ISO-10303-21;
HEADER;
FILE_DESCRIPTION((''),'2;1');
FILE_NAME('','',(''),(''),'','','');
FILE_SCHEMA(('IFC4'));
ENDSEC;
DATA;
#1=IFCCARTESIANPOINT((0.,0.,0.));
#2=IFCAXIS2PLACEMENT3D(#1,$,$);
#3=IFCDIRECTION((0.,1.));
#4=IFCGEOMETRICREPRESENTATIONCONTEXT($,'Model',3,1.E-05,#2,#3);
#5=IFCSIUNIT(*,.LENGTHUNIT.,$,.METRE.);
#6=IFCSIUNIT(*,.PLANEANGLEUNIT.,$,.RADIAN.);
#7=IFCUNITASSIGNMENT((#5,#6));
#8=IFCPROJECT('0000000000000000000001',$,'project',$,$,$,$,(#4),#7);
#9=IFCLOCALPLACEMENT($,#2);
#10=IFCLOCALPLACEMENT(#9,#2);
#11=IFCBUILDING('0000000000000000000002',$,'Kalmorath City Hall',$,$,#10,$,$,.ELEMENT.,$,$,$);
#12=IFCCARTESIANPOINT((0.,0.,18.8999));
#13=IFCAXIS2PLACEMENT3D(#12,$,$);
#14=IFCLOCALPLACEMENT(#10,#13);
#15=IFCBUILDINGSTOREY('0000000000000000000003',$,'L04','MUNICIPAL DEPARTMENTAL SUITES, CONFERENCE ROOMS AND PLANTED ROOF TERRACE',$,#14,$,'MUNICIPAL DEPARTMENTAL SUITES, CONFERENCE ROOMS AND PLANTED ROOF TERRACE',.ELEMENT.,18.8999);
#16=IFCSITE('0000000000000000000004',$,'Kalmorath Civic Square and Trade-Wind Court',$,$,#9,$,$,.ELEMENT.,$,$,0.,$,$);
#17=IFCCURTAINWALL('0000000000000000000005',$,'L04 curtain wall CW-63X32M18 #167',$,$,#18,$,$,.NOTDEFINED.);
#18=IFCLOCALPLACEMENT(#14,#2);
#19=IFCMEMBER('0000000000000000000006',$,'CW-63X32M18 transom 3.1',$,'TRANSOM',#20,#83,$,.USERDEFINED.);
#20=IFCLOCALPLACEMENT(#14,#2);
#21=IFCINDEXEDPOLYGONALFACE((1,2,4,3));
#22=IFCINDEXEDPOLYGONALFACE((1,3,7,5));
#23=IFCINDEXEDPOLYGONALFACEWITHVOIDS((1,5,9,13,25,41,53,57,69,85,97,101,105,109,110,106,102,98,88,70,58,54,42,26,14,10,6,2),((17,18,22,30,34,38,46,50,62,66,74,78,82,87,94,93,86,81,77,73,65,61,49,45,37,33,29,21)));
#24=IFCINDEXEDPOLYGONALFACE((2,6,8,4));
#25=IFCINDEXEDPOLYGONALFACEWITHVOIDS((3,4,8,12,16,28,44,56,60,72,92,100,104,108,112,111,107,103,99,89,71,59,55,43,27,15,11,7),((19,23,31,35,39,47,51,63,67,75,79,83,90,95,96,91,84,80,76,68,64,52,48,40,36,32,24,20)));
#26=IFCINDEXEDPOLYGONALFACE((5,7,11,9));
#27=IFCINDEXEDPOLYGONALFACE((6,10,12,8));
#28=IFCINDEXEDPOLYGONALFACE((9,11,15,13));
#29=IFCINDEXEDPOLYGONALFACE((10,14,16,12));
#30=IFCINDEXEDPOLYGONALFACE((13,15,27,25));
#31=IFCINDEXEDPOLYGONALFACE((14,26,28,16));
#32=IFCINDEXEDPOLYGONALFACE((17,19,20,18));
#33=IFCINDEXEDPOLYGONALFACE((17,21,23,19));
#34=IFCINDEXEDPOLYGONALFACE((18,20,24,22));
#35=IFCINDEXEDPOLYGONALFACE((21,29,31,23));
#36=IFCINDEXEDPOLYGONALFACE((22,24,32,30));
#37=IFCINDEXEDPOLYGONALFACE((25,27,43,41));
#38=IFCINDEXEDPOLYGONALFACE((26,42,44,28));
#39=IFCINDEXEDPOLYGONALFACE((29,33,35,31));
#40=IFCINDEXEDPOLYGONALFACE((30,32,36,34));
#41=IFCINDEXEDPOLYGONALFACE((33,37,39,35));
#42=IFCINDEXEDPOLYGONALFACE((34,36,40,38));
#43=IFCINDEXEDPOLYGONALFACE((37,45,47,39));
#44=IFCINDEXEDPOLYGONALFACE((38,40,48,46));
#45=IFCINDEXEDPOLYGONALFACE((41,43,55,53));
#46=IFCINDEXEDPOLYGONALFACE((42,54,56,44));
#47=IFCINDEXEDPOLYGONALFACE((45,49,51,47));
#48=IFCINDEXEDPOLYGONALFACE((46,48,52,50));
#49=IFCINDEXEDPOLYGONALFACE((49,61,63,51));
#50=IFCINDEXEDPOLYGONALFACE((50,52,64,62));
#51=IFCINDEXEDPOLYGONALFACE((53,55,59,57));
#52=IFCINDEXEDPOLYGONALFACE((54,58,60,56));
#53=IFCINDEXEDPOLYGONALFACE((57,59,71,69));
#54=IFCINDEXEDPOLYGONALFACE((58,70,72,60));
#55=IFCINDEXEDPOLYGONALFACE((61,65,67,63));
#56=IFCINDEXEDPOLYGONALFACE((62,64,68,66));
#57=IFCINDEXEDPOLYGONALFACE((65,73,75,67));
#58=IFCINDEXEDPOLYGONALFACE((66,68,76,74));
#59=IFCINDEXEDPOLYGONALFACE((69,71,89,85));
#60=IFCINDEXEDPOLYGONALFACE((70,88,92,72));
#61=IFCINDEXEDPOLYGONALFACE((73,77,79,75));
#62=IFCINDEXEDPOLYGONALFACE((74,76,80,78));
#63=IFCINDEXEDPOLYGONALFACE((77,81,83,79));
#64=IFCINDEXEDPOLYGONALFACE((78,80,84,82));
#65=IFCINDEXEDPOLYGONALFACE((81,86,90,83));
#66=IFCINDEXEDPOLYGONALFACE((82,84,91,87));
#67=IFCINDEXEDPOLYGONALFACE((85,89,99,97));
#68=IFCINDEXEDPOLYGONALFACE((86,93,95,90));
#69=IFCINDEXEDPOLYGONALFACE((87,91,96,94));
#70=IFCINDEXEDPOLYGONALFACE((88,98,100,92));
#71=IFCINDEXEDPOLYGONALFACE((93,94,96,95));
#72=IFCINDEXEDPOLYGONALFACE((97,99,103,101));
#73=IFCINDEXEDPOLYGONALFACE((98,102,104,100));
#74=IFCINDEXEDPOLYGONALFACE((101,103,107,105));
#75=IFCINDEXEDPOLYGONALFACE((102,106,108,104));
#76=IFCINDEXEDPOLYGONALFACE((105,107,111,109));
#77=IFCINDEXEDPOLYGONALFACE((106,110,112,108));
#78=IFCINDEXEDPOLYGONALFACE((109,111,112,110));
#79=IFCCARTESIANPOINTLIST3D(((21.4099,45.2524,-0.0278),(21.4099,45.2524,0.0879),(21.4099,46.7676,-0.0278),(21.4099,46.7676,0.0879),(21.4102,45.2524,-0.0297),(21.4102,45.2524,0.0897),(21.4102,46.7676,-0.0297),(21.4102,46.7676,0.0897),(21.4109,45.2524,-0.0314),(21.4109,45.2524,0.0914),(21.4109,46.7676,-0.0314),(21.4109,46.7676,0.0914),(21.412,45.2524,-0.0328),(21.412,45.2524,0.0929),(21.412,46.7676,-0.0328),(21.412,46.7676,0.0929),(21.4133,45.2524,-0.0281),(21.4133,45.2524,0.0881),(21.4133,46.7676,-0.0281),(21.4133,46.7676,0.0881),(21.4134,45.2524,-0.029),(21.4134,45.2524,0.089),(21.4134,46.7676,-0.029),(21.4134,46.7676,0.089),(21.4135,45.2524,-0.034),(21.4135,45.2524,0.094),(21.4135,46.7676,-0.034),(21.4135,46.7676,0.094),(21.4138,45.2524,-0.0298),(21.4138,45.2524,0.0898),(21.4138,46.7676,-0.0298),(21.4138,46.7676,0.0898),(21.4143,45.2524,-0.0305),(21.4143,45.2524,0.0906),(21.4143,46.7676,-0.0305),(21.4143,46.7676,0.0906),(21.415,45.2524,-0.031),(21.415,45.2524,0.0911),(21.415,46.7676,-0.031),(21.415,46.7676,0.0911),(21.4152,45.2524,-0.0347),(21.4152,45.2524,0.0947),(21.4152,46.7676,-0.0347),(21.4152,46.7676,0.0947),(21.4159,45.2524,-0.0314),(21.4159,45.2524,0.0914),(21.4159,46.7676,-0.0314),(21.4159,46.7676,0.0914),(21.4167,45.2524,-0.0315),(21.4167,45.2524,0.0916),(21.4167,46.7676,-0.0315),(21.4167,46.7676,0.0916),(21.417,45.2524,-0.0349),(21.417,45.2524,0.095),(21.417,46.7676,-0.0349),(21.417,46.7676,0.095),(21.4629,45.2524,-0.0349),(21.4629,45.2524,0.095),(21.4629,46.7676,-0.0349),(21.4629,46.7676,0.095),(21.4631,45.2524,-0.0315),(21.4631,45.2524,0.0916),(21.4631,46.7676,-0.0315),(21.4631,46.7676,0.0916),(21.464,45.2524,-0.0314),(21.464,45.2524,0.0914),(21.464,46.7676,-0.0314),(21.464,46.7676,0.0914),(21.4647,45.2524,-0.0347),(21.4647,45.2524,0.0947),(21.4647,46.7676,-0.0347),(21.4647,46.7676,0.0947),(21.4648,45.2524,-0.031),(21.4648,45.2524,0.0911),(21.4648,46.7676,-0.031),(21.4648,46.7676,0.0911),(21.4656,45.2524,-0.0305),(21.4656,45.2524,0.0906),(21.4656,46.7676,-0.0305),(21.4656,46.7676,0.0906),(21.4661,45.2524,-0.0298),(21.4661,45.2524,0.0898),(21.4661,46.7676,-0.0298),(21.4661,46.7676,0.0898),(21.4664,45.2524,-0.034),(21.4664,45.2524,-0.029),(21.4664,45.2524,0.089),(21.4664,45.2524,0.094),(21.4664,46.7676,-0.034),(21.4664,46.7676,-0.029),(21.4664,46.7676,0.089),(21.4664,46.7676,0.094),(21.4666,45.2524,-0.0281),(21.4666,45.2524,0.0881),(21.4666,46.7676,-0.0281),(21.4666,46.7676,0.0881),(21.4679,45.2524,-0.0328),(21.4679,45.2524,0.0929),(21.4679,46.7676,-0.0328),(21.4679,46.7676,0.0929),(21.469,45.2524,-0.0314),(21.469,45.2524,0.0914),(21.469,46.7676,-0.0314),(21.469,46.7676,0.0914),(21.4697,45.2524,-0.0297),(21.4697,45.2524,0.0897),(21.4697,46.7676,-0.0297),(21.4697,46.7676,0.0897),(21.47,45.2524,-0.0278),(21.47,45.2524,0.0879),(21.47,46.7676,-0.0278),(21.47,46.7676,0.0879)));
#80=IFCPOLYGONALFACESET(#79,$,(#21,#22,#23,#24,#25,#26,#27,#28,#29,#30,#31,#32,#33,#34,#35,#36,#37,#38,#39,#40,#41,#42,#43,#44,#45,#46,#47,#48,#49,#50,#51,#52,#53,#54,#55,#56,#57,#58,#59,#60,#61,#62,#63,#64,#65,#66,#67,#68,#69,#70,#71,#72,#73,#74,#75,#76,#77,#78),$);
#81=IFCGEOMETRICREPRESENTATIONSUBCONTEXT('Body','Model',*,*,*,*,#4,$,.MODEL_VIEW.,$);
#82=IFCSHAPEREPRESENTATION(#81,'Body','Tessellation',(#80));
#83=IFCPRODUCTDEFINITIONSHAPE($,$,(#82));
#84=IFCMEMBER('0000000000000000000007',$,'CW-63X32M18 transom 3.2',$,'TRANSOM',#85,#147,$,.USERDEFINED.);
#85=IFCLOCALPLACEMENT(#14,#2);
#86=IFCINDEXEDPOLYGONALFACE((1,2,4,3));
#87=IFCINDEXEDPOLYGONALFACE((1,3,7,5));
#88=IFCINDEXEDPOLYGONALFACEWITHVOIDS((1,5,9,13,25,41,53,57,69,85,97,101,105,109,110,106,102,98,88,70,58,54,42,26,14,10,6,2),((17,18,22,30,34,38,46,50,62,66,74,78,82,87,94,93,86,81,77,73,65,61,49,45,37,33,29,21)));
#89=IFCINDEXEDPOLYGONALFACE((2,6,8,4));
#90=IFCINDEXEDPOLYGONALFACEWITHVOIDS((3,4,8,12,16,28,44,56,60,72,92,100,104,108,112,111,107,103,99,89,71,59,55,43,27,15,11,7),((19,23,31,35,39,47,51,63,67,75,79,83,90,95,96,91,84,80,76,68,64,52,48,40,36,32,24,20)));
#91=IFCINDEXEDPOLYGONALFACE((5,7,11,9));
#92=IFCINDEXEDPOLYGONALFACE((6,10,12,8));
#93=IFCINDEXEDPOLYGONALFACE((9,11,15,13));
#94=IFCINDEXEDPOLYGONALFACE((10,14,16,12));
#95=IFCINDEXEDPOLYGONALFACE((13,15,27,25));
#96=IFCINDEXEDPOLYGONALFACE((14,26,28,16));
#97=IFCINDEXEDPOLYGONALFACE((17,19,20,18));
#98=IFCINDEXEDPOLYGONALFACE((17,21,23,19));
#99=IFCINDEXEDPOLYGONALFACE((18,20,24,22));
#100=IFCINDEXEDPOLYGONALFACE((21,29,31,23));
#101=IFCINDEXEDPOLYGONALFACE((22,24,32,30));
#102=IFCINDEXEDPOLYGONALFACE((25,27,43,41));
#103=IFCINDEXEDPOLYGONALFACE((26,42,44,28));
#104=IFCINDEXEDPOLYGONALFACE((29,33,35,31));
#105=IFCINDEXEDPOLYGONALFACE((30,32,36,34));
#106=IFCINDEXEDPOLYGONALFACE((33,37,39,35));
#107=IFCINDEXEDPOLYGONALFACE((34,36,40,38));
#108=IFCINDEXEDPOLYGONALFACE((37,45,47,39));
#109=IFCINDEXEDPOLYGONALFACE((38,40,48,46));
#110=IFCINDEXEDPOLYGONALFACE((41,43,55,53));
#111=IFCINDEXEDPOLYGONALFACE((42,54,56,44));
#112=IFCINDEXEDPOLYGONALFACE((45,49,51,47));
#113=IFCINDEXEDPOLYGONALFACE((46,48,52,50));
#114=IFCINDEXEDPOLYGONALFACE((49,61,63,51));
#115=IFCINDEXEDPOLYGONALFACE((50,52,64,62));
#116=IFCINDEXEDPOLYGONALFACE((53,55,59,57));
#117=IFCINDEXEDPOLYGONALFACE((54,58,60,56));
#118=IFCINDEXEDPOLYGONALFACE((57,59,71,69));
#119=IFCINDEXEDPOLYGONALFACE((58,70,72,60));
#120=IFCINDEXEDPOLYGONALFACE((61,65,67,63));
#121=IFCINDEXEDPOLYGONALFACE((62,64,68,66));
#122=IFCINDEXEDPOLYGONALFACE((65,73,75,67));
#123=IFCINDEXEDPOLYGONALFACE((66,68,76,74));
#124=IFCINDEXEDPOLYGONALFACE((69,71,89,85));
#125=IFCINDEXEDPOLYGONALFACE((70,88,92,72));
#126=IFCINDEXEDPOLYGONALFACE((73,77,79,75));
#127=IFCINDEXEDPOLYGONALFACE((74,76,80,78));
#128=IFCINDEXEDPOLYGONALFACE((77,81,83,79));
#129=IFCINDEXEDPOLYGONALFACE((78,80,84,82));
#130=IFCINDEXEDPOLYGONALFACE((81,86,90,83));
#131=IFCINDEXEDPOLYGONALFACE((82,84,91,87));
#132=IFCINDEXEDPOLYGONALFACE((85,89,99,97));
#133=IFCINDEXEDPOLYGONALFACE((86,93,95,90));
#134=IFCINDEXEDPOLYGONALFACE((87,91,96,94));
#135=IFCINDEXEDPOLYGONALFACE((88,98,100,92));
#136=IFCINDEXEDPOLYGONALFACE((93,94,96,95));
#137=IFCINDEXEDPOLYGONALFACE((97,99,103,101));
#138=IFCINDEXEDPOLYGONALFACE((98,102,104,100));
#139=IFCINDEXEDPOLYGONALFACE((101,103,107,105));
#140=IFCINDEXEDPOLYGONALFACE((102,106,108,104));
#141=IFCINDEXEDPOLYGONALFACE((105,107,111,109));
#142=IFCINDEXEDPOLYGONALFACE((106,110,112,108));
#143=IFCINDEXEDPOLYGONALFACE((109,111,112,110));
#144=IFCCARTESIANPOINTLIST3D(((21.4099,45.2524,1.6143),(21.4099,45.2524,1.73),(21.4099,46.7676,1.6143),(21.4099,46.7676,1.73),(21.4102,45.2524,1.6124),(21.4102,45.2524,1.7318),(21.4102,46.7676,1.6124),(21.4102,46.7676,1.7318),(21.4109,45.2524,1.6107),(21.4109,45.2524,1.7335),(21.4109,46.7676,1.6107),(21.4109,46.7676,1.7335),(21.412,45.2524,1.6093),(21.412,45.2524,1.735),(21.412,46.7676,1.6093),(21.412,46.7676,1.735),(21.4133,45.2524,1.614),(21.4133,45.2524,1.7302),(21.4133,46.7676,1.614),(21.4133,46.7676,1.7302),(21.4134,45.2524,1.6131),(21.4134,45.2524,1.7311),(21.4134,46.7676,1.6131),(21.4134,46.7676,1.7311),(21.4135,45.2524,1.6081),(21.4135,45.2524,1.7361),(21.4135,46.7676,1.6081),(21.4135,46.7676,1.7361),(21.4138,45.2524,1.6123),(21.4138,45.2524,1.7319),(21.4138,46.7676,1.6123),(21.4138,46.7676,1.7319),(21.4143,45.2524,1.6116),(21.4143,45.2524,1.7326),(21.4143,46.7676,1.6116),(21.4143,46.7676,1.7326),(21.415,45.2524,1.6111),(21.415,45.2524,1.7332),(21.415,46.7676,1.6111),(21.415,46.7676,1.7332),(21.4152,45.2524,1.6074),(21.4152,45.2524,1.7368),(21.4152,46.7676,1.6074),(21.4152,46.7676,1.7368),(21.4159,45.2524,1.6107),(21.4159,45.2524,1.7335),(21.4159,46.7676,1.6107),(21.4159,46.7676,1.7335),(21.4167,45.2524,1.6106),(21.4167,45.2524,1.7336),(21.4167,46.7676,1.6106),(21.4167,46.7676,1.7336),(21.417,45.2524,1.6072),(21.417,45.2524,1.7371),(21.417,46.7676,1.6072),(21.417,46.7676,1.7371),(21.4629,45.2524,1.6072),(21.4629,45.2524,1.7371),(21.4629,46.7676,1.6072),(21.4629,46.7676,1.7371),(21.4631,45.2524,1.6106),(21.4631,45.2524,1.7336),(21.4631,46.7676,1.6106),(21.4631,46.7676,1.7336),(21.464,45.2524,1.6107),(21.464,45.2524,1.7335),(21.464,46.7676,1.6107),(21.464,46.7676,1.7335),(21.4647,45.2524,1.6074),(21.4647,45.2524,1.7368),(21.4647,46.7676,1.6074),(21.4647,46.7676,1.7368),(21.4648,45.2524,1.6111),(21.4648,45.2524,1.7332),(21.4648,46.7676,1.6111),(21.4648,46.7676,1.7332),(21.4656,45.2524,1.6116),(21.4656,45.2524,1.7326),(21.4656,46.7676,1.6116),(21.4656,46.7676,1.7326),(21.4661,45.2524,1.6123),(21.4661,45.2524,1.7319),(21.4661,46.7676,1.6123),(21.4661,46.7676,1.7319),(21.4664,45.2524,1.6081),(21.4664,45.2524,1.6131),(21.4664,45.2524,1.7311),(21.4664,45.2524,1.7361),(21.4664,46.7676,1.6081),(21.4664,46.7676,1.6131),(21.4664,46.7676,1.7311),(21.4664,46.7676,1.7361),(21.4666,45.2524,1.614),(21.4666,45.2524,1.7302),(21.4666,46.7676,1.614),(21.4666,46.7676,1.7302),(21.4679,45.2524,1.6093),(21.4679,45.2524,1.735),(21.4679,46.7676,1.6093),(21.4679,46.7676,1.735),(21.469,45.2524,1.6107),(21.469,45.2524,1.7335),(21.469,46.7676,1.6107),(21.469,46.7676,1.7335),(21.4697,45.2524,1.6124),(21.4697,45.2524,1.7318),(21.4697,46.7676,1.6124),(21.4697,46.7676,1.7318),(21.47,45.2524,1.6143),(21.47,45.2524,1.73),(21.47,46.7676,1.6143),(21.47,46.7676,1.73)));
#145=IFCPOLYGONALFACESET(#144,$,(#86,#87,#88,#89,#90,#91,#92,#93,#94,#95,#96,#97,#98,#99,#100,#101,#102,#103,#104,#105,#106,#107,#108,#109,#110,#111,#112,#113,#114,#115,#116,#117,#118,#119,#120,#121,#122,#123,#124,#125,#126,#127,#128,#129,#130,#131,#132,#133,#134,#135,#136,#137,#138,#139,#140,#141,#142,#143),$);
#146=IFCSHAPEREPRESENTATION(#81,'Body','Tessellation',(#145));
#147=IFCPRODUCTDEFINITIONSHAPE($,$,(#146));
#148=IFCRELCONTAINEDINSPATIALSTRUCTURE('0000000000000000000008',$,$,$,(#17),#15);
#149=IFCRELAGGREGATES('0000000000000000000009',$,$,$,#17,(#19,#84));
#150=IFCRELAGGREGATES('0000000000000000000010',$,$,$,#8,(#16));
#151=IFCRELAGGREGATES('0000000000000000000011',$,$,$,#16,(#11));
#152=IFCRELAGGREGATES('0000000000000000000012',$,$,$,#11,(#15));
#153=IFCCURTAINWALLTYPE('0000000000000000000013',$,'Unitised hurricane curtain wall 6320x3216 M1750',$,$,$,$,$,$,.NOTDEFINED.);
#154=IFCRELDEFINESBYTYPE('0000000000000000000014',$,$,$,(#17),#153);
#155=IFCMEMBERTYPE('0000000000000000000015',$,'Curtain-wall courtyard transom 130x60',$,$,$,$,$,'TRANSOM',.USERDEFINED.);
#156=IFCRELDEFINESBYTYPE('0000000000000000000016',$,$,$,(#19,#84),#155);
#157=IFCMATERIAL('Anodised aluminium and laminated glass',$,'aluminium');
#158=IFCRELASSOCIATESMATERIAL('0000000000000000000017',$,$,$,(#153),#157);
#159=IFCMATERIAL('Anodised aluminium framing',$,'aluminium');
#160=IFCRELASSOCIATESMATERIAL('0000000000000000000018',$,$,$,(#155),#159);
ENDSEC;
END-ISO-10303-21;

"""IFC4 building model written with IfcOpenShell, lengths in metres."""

from ifc_helpers import new_model, si_unit, direction, frame, origin, origin_2d, place, context, subcontext, project, spatial, hollow_rectangle, extrude, material, material_profile, profile_set, type_object, element, aggregate, save


model = new_model("IFC4")

# Units and contexts
model_context = context("Model", 3, precision=1e-05, world=origin(), true_north=direction((0.0, 1.0)))
body_context = subcontext(model_context, "Body", "Model", "MODEL_VIEW")
ifc_project = project(units=[si_unit("LENGTHUNIT", "METRE"), si_unit("PLANEANGLEUNIT", "RADIAN")], contexts=[model_context])

# Site, building, storey
site_placement = place(None, origin())
site = spatial("IfcSite", under=ifc_project, at=site_placement, Name="Kalmorath Civic Square and Trade-Wind Court", CompositionType="ELEMENT", RefElevation=0.0)
building_placement = place(site_placement, origin())
building = spatial("IfcBuilding", under=site, at=building_placement, Name="Kalmorath City Hall", CompositionType="ELEMENT")
storey_placement = place(building_placement, frame((0.0, 0.0, 18.8999)))
storey = spatial("IfcBuildingStorey", under=building, at=storey_placement, Name="L04", Description="MUNICIPAL DEPARTMENTAL SUITES, CONFERENCE ROOMS AND PLANTED ROOF TERRACE", LongName="MUNICIPAL DEPARTMENTAL SUITES, CONFERENCE ROOMS AND PLANTED ROOF TERRACE", CompositionType="ELEMENT", Elevation=18.8999)

# Curtain wall
ifc_material_1 = material(Name="Anodised aluminium and laminated glass", Category="aluminium")
curtain_wall_type = type_object("IfcCurtainWallType", Name="Unitised hurricane curtain wall 6320x3216 M1750", PredefinedType="NOTDEFINED", material=ifc_material_1)
curtain_wall_1_placement = place(storey_placement, origin())
curtain_wall_1 = element("IfcCurtainWall", 1, at=curtain_wall_1_placement, inside=storey, type_object=curtain_wall_type, Name="L04 curtain wall CW-63X32M18 #167", PredefinedType="NOTDEFINED")
ifc_material_2 = material(Name="Anodised aluminium framing", Category="aluminium")
ifc_material_profile_1 = material_profile(ifc_material_2, hollow_rectangle(XDim=0.0601, YDim=0.1299, WallThickness=0.0034, InnerFilletRadius=0.0034, OuterFilletRadius=0.0071, at=origin_2d()), Name="ALU-TRN-130X60X3.5")
ifc_profile_set_1 = profile_set([ifc_material_profile_1], Name="Anodised aluminium framing")
member_type_1 = type_object("IfcMemberType", Name="Curtain-wall courtyard transom 130x60", ElementType="TRANSOM", PredefinedType="USERDEFINED", material=ifc_profile_set_1)

# Members
member_1_placement = place(storey_placement, frame((21.4399, 46.7676, 0.03), z_axis=(0.0, -1.0, 0.0), x_axis=(1.0, 0.0, 0.0)))
member_1 = element("IfcMember", 2, at=member_1_placement, type_object=member_type_1, Name="CW-63X32M18 transom 3.1", ObjectType="TRANSOM", PredefinedType="USERDEFINED", context=body_context, shape_type="SweptSolid", body=[
    extrude(hollow_rectangle(XDim=0.0601, YDim=0.1299, WallThickness=0.0034, InnerFilletRadius=0.0034, OuterFilletRadius=0.0071, at=origin_2d()), origin(), (0.0, 0.0, 1.0), 1.5151),
])
member_2_placement = place(storey_placement, frame((21.4399, 46.7676, 1.6721), z_axis=(0.0, -1.0, 0.0), x_axis=(1.0, 0.0, 0.0)))
member_2 = element("IfcMember", 3, at=member_2_placement, type_object=member_type_1, Name="CW-63X32M18 transom 3.2", ObjectType="TRANSOM", PredefinedType="USERDEFINED", context=body_context, shape_type="SweptSolid", body=[
    extrude(hollow_rectangle(XDim=0.0601, YDim=0.1299, WallThickness=0.0034, InnerFilletRadius=0.0034, OuterFilletRadius=0.0071, at=origin_2d()), origin(), (0.0, 0.0, 1.0), 1.5151),
])

aggregate(curtain_wall_1, [member_1, member_2])

save(model, "model.ifc")
